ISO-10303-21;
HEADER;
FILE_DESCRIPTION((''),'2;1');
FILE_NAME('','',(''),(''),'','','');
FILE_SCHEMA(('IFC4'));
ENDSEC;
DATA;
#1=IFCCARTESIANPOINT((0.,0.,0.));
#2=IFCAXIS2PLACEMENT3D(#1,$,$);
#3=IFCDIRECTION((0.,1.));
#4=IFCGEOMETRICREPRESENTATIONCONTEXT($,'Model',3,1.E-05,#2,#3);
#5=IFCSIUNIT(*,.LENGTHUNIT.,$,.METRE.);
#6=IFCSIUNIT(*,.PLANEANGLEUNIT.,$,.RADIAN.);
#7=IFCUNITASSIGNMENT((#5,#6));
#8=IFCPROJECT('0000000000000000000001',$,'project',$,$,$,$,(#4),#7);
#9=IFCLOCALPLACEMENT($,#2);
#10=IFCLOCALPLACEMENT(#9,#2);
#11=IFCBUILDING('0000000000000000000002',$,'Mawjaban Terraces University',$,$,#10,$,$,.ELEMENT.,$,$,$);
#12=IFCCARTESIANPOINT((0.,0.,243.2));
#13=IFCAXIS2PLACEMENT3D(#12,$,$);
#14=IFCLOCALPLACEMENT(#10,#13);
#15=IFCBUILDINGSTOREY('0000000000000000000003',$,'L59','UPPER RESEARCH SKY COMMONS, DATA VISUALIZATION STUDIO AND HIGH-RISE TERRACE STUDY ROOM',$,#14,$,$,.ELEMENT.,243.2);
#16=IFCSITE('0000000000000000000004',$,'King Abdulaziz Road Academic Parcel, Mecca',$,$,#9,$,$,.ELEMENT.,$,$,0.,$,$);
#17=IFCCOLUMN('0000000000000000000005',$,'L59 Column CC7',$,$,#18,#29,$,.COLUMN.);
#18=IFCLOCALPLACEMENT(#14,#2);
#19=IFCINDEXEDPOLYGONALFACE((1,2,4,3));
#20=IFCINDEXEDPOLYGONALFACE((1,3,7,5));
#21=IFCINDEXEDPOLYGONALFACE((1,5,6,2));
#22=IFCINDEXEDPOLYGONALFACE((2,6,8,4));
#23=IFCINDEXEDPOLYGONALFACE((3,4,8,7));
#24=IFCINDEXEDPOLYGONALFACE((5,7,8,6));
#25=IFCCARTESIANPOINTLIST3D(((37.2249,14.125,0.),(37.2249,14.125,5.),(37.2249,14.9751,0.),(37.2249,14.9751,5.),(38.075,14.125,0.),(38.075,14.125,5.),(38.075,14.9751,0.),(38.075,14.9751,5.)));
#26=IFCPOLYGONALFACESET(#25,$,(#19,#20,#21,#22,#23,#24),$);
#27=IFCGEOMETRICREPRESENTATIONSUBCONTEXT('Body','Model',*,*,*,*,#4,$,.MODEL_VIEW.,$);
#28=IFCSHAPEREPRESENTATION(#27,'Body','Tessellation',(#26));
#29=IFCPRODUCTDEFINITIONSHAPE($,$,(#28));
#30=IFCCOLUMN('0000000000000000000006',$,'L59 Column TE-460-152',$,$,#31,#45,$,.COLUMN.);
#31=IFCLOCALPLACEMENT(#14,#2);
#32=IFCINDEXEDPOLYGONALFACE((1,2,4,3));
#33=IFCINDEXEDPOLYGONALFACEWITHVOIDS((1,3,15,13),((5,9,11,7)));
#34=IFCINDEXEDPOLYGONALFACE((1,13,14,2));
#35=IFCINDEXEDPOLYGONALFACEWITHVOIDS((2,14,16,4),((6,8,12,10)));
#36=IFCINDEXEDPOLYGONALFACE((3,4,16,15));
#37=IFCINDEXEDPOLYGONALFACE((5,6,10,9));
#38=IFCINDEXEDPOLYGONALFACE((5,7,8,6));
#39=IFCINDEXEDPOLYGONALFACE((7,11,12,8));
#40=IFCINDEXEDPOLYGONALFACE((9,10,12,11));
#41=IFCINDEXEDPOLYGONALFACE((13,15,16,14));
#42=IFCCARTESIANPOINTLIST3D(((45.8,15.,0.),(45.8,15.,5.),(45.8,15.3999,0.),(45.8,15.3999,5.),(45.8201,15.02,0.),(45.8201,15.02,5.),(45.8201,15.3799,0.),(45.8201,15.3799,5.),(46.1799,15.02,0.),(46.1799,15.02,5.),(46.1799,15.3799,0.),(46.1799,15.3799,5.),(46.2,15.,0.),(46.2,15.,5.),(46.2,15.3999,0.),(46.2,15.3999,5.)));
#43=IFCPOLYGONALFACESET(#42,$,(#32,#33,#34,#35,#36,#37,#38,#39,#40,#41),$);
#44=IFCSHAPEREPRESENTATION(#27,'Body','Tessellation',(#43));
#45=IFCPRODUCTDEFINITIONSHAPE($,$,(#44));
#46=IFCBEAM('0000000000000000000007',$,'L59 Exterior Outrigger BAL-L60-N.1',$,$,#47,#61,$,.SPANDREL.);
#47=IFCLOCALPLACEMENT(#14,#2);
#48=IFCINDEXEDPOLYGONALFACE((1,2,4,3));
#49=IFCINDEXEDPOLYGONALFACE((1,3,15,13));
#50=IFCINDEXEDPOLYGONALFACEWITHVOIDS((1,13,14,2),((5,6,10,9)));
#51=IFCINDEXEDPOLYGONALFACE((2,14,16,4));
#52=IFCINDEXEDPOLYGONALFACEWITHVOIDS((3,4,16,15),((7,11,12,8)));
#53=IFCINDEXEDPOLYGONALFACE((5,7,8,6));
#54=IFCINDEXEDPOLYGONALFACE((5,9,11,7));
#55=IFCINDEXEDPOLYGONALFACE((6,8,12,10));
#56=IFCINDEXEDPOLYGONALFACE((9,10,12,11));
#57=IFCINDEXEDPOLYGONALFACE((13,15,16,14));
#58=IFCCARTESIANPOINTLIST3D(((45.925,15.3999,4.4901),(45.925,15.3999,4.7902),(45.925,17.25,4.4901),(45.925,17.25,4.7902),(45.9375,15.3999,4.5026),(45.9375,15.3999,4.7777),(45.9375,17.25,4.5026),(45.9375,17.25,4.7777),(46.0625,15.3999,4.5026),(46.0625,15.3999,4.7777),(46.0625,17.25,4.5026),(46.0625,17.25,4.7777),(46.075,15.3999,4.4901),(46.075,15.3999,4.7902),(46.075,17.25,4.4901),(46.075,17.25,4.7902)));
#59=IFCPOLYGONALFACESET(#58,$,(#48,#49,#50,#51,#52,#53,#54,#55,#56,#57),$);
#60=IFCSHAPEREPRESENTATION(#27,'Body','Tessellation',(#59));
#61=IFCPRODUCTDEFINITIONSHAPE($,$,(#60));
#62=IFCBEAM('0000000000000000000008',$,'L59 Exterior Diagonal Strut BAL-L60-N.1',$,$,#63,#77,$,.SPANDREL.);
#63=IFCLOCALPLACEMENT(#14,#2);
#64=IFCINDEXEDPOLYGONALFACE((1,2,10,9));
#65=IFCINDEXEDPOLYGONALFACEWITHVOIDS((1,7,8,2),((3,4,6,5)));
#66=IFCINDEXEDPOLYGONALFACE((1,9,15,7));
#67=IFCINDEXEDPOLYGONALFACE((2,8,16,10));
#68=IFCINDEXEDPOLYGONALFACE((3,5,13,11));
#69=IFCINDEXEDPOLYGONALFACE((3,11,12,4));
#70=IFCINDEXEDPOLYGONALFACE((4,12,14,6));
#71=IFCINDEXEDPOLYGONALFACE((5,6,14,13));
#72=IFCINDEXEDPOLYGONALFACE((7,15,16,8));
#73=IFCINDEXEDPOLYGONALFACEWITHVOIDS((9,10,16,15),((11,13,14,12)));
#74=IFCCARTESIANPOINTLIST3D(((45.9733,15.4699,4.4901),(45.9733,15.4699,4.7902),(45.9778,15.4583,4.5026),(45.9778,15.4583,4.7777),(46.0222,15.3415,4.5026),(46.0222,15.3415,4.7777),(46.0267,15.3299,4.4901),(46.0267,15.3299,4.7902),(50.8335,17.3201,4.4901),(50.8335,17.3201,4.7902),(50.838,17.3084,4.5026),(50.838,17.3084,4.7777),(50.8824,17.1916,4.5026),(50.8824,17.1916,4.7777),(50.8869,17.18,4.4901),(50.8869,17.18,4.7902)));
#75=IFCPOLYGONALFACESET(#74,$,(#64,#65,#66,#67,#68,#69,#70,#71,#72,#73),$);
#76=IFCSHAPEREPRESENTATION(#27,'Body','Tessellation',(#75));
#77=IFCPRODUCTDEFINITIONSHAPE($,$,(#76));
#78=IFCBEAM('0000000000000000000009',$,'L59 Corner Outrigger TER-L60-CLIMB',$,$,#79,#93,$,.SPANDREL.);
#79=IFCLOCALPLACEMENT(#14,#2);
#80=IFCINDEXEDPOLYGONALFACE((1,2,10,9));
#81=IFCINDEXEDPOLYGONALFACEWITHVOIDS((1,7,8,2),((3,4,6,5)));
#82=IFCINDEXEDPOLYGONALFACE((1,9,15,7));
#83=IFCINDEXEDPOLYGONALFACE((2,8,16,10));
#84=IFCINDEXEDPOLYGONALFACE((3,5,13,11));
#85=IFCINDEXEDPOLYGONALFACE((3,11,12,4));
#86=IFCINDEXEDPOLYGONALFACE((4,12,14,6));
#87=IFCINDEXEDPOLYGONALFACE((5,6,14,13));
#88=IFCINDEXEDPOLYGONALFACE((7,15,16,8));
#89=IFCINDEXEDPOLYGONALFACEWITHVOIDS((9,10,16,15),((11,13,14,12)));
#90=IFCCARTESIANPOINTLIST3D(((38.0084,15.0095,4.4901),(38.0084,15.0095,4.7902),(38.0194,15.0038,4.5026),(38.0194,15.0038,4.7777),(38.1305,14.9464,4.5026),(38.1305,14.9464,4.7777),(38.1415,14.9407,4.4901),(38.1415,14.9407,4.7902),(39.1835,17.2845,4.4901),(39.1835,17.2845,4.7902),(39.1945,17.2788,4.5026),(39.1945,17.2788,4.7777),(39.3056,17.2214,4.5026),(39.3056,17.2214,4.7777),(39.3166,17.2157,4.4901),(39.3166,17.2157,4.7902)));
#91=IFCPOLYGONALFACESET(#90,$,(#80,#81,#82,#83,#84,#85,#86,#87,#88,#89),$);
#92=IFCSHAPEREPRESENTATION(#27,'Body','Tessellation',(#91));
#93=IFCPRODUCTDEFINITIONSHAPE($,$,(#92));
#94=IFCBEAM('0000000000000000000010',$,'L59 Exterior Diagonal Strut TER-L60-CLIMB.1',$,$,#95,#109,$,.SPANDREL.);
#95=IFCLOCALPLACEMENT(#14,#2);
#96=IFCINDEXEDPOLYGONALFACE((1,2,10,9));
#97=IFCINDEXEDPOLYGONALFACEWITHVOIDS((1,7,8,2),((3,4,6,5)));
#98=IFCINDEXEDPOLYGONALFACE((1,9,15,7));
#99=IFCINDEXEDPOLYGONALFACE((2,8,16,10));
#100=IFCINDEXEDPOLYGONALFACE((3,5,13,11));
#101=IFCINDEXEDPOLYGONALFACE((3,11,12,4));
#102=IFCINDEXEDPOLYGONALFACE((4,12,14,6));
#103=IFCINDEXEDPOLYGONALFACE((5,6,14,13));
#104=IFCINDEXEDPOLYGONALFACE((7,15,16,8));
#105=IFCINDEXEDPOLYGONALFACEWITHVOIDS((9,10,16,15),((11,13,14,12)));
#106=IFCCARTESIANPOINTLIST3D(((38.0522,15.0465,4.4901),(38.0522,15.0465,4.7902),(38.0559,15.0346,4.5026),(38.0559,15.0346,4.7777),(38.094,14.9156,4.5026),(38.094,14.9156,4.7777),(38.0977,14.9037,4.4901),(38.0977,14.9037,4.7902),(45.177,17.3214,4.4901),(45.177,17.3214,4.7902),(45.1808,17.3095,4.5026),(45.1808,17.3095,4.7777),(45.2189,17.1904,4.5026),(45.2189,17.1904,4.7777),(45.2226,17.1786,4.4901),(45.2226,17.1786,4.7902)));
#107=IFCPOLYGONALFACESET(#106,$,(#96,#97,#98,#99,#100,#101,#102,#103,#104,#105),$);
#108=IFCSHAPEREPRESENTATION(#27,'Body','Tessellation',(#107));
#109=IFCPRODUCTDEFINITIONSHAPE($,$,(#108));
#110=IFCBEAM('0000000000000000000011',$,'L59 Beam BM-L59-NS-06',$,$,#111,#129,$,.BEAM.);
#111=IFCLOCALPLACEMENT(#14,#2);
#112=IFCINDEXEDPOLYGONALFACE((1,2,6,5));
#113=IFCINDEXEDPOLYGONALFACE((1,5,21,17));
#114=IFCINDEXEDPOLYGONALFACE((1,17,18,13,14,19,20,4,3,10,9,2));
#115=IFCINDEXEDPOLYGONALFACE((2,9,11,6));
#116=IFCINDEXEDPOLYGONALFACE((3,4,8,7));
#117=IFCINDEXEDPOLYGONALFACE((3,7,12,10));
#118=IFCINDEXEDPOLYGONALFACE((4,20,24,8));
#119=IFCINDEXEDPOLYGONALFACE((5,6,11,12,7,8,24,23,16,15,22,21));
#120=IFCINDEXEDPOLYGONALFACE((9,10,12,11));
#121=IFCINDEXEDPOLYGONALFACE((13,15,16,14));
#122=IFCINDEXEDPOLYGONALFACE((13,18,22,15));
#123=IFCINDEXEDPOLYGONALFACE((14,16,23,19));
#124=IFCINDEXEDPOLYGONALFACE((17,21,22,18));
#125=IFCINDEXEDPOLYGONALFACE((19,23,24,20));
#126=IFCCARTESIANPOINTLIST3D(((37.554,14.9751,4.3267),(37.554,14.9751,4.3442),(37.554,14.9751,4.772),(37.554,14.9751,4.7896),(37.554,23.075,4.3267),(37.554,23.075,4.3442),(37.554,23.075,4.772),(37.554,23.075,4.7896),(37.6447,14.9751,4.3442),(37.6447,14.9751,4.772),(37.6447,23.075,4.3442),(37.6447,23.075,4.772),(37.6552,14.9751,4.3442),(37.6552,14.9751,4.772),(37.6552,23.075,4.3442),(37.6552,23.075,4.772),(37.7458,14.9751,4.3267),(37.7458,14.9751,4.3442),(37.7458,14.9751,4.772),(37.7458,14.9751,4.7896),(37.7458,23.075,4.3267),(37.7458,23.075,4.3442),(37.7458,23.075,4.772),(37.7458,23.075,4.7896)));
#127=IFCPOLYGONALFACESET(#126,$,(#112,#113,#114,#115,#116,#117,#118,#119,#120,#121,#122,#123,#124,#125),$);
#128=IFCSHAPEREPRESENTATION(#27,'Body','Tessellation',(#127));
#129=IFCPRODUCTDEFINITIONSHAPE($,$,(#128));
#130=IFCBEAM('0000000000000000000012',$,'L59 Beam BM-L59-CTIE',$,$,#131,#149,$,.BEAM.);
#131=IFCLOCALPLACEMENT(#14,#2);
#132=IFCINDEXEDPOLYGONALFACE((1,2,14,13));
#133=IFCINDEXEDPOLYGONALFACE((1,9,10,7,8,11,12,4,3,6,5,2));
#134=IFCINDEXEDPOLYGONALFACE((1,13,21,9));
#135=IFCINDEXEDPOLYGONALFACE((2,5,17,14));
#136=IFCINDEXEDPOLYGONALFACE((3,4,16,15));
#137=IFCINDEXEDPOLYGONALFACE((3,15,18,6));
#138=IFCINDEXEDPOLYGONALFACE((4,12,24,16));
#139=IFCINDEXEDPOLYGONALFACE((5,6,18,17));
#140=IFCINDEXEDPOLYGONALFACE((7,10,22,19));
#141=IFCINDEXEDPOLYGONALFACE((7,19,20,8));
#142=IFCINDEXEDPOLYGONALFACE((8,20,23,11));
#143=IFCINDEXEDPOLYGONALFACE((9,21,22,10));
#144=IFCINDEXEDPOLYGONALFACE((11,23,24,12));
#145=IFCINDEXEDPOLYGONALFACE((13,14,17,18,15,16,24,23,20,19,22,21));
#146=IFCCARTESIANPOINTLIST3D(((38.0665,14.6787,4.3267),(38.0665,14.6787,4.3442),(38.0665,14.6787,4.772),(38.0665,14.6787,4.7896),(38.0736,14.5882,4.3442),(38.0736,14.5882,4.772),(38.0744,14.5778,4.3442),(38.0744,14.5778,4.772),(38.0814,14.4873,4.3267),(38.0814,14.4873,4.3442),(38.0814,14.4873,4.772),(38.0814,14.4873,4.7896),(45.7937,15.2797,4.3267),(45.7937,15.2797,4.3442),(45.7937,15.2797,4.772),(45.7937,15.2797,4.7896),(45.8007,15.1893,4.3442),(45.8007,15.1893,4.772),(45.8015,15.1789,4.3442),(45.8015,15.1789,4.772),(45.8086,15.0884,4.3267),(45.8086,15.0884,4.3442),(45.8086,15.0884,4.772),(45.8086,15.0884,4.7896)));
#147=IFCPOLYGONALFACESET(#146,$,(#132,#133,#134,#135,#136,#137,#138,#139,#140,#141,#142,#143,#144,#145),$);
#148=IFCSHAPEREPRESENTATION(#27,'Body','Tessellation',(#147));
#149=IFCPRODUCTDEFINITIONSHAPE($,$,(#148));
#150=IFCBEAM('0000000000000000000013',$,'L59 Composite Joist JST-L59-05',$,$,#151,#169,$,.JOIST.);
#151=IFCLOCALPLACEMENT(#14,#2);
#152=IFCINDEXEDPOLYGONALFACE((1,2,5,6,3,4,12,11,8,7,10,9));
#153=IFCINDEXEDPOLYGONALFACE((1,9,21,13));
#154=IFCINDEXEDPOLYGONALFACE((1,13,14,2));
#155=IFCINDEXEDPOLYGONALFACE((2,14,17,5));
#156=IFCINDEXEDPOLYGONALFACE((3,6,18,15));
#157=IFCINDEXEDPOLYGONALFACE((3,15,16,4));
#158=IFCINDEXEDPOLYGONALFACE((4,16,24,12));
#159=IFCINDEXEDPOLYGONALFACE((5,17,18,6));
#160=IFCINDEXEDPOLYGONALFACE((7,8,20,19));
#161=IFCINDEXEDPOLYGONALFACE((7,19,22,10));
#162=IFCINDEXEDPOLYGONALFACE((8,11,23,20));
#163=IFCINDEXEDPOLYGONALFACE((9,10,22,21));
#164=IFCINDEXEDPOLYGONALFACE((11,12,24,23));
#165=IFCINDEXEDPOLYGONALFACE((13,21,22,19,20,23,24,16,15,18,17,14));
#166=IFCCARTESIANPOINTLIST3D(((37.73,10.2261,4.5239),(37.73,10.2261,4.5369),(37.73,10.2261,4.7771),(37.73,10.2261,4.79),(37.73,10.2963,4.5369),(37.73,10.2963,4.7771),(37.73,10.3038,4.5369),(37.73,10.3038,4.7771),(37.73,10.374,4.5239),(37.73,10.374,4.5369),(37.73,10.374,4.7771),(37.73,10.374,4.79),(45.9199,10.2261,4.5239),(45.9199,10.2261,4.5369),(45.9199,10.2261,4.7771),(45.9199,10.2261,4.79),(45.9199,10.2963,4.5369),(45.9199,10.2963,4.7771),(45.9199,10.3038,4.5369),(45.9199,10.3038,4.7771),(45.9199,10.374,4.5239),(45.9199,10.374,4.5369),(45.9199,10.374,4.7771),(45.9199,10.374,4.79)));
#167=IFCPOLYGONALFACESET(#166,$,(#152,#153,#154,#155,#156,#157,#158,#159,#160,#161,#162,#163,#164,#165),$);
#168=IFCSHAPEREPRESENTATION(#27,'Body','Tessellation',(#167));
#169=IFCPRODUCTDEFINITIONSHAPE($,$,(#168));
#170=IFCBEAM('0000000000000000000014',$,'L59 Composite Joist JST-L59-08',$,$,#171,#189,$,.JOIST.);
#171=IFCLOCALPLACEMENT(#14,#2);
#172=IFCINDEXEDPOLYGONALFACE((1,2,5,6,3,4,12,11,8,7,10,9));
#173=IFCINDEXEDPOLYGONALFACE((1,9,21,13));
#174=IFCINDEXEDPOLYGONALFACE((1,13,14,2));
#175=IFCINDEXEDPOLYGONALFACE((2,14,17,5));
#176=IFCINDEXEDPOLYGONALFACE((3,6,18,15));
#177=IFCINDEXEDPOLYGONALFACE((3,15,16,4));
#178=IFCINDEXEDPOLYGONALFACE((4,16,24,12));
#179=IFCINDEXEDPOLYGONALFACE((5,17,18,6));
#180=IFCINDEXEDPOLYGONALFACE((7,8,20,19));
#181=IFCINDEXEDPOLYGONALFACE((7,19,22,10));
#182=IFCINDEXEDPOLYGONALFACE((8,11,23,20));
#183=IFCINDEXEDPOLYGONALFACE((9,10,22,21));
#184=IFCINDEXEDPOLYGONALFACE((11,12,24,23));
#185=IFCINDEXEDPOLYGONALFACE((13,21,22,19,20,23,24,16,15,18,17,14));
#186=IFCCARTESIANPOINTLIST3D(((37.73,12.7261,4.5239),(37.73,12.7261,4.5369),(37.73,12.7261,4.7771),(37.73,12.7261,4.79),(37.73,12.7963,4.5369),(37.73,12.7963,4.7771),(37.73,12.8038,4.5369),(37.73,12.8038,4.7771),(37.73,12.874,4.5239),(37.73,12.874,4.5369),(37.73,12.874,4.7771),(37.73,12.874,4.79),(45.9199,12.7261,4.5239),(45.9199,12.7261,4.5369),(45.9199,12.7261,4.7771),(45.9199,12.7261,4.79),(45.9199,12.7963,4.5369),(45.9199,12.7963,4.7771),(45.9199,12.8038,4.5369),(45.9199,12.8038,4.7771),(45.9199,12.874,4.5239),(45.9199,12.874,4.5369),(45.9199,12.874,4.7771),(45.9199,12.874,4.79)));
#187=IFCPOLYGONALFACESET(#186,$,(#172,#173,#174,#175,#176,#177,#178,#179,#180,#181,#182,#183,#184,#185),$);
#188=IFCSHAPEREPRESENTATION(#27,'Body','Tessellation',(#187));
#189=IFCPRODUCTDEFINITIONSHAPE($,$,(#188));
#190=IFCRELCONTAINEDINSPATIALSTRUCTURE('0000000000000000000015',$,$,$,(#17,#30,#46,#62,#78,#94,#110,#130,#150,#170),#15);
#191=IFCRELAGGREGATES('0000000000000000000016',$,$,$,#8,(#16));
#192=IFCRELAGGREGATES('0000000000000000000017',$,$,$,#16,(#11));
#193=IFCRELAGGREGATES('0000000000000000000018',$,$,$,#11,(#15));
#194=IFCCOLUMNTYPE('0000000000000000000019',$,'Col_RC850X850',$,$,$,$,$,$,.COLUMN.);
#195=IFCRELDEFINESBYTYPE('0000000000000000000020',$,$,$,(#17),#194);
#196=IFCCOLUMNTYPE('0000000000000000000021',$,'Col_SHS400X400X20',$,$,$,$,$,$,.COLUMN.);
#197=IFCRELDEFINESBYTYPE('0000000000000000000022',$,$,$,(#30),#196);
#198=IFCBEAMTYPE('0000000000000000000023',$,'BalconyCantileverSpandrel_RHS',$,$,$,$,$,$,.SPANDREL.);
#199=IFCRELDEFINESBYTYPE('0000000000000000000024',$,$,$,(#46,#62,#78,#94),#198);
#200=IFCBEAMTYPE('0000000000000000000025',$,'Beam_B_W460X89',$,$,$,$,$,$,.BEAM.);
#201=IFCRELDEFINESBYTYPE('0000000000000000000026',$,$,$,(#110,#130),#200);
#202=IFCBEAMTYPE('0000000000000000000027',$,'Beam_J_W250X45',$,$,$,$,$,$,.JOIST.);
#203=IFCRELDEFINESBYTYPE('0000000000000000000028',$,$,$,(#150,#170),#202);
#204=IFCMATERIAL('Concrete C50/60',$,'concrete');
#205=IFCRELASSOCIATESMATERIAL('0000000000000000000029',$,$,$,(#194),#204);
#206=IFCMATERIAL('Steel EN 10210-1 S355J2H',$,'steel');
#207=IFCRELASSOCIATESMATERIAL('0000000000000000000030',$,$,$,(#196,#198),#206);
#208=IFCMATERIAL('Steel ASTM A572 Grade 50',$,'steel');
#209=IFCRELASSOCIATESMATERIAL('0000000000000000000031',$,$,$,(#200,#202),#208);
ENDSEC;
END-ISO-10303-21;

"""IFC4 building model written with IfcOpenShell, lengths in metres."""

from ifc_helpers import new_model, si_unit, direction, frame, origin, origin_2d, place, context, subcontext, project, spatial, rectangle, hollow_rectangle, i_section, extrude, material, material_profile, profile_set, type_object, element, save


model = new_model("IFC4")

# Units and contexts
model_context = context("Model", 3, precision=1e-05, world=origin(), true_north=direction((0.0, 1.0)))
body_context = subcontext(model_context, "Body", "Model", "MODEL_VIEW")
ifc_project = project(units=[si_unit("LENGTHUNIT", "METRE"), si_unit("PLANEANGLEUNIT", "RADIAN")], contexts=[model_context])

# Site, building, storey
site_placement = place(None, origin())
site = spatial("IfcSite", under=ifc_project, at=site_placement, Name="King Abdulaziz Road Academic Parcel, Mecca", CompositionType="ELEMENT", RefElevation=0.0)
building_placement = place(site_placement, origin())
building = spatial("IfcBuilding", under=site, at=building_placement, Name="Mawjaban Terraces University", CompositionType="ELEMENT")
storey_placement = place(building_placement, frame((0.0, 0.0, 243.2)))
storey = spatial("IfcBuildingStorey", under=building, at=storey_placement, Name="L59", Description="UPPER RESEARCH SKY COMMONS, DATA VISUALIZATION STUDIO AND HIGH-RISE TERRACE STUDY ROOM", CompositionType="ELEMENT", Elevation=243.2)

# Columns
ifc_material_1 = material(Name="Concrete C50/60", Category="concrete")
ifc_material_profile_1 = material_profile(ifc_material_1, rectangle(XDim=0.8501, YDim=0.8501, at=origin_2d()), Name="RC850X850")
ifc_profile_set_1 = profile_set([ifc_material_profile_1], Name="Concrete C50/60")
column_type_1 = type_object("IfcColumnType", Name="Col_RC850X850", PredefinedType="COLUMN", material=ifc_profile_set_1)
column_1_placement = place(storey_placement, frame((37.6499, 14.55, 0.0), z_axis=(0.0, 0.0, 1.0), x_axis=(1.0, 0.0, 0.0)))
element("IfcColumn", 1, at=column_1_placement, inside=storey, type_object=column_type_1, Name="L59 Column CC7", PredefinedType="COLUMN", context=body_context, shape_type="SweptSolid", body=[
    extrude(rectangle(XDim=0.8501, YDim=0.8501, at=origin_2d()), origin(), (0.0, 0.0, 1.0), 5.0),
])
ifc_material_2 = material(Name="Steel EN 10210-1 S355J2H", Category="steel")
ifc_material_profile_2 = material_profile(ifc_material_2, hollow_rectangle(XDim=0.3999, YDim=0.3999, WallThickness=0.02, at=origin_2d()), Name="SHS400X400X20")
ifc_profile_set_2 = profile_set([ifc_material_profile_2], Name="Steel EN 10210-1 S355J2H")
column_type_2 = type_object("IfcColumnType", Name="Col_SHS400X400X20", PredefinedType="COLUMN", material=ifc_profile_set_2)
column_2_placement = place(storey_placement, frame((46.0, 15.2, 0.0), z_axis=(0.0, 0.0, 1.0), x_axis=(1.0, 0.0, 0.0)))
element("IfcColumn", 2, at=column_2_placement, inside=storey, type_object=column_type_2, Name="L59 Column TE-460-152", PredefinedType="COLUMN", context=body_context, shape_type="SweptSolid", body=[
    extrude(hollow_rectangle(XDim=0.3999, YDim=0.3999, WallThickness=0.02, at=origin_2d()), origin(), (0.0, 0.0, 1.0), 5.0),
])

# Beams
ifc_material_profile_3 = material_profile(ifc_material_2, hollow_rectangle(XDim=0.1499, YDim=0.3, WallThickness=0.0125, at=origin_2d()), Name="RHS300X150X12.5")
ifc_profile_set_3 = profile_set([ifc_material_profile_3], Name="Steel EN 10210-1 S355J2H")
beam_type_1 = type_object("IfcBeamType", Name="BalconyCantileverSpandrel_RHS", PredefinedType="SPANDREL", material=ifc_profile_set_3)
beam_1_placement = place(storey_placement, frame((46.0, 15.3999, 4.6401), z_axis=(0.0, 1.0, 0.0), x_axis=(-1.0, 0.0, 0.0)))
element("IfcBeam", 3, at=beam_1_placement, inside=storey, type_object=beam_type_1, Name="L59 Exterior Outrigger BAL-L60-N.1", PredefinedType="SPANDREL", context=body_context, shape_type="SweptSolid", body=[
    extrude(hollow_rectangle(XDim=0.1499, YDim=0.3, WallThickness=0.0125, at=origin_2d()), origin(), (0.0, 0.0, 1.0), 1.8501),
])
beam_2_placement = place(storey_placement, frame((46.0, 15.3999, 4.6401), z_axis=(0.934575, 0.355765, 0.0), x_axis=(-0.355765, 0.934575, 0.0)))
element("IfcBeam", 4, at=beam_2_placement, inside=storey, type_object=beam_type_1, Name="L59 Exterior Diagonal Strut BAL-L60-N.1", PredefinedType="SPANDREL", context=body_context, shape_type="SweptSolid", body=[
    extrude(hollow_rectangle(XDim=0.1499, YDim=0.3, WallThickness=0.0125, at=origin_2d()), origin(), (0.0, 0.0, 1.0), 5.2004),
])
beam_3_placement = place(storey_placement, frame((38.075, 14.9751, 4.6401), z_axis=(0.458922, 0.888476, 0.0), x_axis=(-0.888476, 0.458922, 0.0)))
element("IfcBeam", 5, at=beam_3_placement, inside=storey, type_object=beam_type_1, Name="L59 Corner Outrigger TER-L60-CLIMB", PredefinedType="SPANDREL", context=body_context, shape_type="SweptSolid", body=[
    extrude(hollow_rectangle(XDim=0.1499, YDim=0.3, WallThickness=0.0125, at=origin_2d()), origin(), (0.0, 0.0, 1.0), 2.5605),
])
beam_4_placement = place(storey_placement, frame((38.075, 14.9751, 4.6401), z_axis=(0.952622, 0.304157, 0.0), x_axis=(-0.304157, 0.952622, 0.0)))
element("IfcBeam", 6, at=beam_4_placement, inside=storey, type_object=beam_type_1, Name="L59 Exterior Diagonal Strut TER-L60-CLIMB.1", PredefinedType="SPANDREL", context=body_context, shape_type="SweptSolid", body=[
    extrude(hollow_rectangle(XDim=0.1499, YDim=0.3, WallThickness=0.0125, at=origin_2d()), origin(), (0.0, 0.0, 1.0), 7.4792),
])
ifc_material_3 = material(Name="Steel ASTM A572 Grade 50", Category="steel")
ifc_material_profile_4 = material_profile(ifc_material_3, i_section(OverallWidth=0.1919, OverallDepth=0.4629, WebThickness=0.0105, FlangeThickness=0.0176, at=origin_2d()), Name="W460X89")
ifc_profile_set_4 = profile_set([ifc_material_profile_4], Name="Steel ASTM A572 Grade 50")
beam_type_2 = type_object("IfcBeamType", Name="Beam_B_W460X89", PredefinedType="BEAM", material=ifc_profile_set_4)
beam_5_placement = place(storey_placement, frame((37.6499, 14.9751, 4.5581), z_axis=(0.0, 1.0, 0.0), x_axis=(-1.0, 0.0, 0.0)))
element("IfcBeam", 7, at=beam_5_placement, inside=storey, type_object=beam_type_2, Name="L59 Beam BM-L59-NS-06", PredefinedType="BEAM", context=body_context, shape_type="SweptSolid", body=[
    extrude(i_section(OverallWidth=0.1919, OverallDepth=0.4629, WebThickness=0.0105, FlangeThickness=0.0176, at=origin_2d()), origin(), (0.0, 0.0, 1.0), 8.0999),
])
beam_6_placement = place(storey_placement, frame((38.074, 14.583, 4.5581), z_axis=(0.996988, 0.077554, 0.0), x_axis=(-0.077554, 0.996988, 0.0)))
element("IfcBeam", 8, at=beam_6_placement, inside=storey, type_object=beam_type_2, Name="L59 Beam BM-L59-CTIE", PredefinedType="BEAM", context=body_context, shape_type="SweptSolid", body=[
    extrude(i_section(OverallWidth=0.1919, OverallDepth=0.4629, WebThickness=0.0105, FlangeThickness=0.0176, at=origin_2d()), origin(), (0.0, 0.0, 1.0), 7.7505),
])
ifc_material_profile_5 = material_profile(ifc_material_3, i_section(OverallWidth=0.1479, OverallDepth=0.2661, WebThickness=0.0076, FlangeThickness=0.0129, at=origin_2d()), Name="W250X45")
ifc_profile_set_5 = profile_set([ifc_material_profile_5], Name="Steel ASTM A572 Grade 50")
beam_type_3 = type_object("IfcBeamType", Name="Beam_J_W250X45", PredefinedType="JOIST", material=ifc_profile_set_5)
for number, where, z_axis, x_axis, name in (
    (9, (37.73, 10.3, 4.657), (1.0, 0.0, 0.0), (0.0, 1.0, 0.0), "L59 Composite Joist JST-L59-05"),
    (10, (37.73, 12.8, 4.657), (1.0, 0.0, 0.0), (0.0, 1.0, 0.0), "L59 Composite Joist JST-L59-08"),
):
    element("IfcBeam", number, at=place(storey_placement, frame(where, z_axis=z_axis, x_axis=x_axis)), inside=storey, type_object=beam_type_3, Name=name, PredefinedType="JOIST", context=body_context, shape_type="SweptSolid", body=[
        extrude(i_section(OverallWidth=0.1479, OverallDepth=0.2661, WebThickness=0.0076, FlangeThickness=0.0129, at=origin_2d()), origin(), (0.0, 0.0, 1.0), 8.1899),
    ])

save(model, "model.ifc")
